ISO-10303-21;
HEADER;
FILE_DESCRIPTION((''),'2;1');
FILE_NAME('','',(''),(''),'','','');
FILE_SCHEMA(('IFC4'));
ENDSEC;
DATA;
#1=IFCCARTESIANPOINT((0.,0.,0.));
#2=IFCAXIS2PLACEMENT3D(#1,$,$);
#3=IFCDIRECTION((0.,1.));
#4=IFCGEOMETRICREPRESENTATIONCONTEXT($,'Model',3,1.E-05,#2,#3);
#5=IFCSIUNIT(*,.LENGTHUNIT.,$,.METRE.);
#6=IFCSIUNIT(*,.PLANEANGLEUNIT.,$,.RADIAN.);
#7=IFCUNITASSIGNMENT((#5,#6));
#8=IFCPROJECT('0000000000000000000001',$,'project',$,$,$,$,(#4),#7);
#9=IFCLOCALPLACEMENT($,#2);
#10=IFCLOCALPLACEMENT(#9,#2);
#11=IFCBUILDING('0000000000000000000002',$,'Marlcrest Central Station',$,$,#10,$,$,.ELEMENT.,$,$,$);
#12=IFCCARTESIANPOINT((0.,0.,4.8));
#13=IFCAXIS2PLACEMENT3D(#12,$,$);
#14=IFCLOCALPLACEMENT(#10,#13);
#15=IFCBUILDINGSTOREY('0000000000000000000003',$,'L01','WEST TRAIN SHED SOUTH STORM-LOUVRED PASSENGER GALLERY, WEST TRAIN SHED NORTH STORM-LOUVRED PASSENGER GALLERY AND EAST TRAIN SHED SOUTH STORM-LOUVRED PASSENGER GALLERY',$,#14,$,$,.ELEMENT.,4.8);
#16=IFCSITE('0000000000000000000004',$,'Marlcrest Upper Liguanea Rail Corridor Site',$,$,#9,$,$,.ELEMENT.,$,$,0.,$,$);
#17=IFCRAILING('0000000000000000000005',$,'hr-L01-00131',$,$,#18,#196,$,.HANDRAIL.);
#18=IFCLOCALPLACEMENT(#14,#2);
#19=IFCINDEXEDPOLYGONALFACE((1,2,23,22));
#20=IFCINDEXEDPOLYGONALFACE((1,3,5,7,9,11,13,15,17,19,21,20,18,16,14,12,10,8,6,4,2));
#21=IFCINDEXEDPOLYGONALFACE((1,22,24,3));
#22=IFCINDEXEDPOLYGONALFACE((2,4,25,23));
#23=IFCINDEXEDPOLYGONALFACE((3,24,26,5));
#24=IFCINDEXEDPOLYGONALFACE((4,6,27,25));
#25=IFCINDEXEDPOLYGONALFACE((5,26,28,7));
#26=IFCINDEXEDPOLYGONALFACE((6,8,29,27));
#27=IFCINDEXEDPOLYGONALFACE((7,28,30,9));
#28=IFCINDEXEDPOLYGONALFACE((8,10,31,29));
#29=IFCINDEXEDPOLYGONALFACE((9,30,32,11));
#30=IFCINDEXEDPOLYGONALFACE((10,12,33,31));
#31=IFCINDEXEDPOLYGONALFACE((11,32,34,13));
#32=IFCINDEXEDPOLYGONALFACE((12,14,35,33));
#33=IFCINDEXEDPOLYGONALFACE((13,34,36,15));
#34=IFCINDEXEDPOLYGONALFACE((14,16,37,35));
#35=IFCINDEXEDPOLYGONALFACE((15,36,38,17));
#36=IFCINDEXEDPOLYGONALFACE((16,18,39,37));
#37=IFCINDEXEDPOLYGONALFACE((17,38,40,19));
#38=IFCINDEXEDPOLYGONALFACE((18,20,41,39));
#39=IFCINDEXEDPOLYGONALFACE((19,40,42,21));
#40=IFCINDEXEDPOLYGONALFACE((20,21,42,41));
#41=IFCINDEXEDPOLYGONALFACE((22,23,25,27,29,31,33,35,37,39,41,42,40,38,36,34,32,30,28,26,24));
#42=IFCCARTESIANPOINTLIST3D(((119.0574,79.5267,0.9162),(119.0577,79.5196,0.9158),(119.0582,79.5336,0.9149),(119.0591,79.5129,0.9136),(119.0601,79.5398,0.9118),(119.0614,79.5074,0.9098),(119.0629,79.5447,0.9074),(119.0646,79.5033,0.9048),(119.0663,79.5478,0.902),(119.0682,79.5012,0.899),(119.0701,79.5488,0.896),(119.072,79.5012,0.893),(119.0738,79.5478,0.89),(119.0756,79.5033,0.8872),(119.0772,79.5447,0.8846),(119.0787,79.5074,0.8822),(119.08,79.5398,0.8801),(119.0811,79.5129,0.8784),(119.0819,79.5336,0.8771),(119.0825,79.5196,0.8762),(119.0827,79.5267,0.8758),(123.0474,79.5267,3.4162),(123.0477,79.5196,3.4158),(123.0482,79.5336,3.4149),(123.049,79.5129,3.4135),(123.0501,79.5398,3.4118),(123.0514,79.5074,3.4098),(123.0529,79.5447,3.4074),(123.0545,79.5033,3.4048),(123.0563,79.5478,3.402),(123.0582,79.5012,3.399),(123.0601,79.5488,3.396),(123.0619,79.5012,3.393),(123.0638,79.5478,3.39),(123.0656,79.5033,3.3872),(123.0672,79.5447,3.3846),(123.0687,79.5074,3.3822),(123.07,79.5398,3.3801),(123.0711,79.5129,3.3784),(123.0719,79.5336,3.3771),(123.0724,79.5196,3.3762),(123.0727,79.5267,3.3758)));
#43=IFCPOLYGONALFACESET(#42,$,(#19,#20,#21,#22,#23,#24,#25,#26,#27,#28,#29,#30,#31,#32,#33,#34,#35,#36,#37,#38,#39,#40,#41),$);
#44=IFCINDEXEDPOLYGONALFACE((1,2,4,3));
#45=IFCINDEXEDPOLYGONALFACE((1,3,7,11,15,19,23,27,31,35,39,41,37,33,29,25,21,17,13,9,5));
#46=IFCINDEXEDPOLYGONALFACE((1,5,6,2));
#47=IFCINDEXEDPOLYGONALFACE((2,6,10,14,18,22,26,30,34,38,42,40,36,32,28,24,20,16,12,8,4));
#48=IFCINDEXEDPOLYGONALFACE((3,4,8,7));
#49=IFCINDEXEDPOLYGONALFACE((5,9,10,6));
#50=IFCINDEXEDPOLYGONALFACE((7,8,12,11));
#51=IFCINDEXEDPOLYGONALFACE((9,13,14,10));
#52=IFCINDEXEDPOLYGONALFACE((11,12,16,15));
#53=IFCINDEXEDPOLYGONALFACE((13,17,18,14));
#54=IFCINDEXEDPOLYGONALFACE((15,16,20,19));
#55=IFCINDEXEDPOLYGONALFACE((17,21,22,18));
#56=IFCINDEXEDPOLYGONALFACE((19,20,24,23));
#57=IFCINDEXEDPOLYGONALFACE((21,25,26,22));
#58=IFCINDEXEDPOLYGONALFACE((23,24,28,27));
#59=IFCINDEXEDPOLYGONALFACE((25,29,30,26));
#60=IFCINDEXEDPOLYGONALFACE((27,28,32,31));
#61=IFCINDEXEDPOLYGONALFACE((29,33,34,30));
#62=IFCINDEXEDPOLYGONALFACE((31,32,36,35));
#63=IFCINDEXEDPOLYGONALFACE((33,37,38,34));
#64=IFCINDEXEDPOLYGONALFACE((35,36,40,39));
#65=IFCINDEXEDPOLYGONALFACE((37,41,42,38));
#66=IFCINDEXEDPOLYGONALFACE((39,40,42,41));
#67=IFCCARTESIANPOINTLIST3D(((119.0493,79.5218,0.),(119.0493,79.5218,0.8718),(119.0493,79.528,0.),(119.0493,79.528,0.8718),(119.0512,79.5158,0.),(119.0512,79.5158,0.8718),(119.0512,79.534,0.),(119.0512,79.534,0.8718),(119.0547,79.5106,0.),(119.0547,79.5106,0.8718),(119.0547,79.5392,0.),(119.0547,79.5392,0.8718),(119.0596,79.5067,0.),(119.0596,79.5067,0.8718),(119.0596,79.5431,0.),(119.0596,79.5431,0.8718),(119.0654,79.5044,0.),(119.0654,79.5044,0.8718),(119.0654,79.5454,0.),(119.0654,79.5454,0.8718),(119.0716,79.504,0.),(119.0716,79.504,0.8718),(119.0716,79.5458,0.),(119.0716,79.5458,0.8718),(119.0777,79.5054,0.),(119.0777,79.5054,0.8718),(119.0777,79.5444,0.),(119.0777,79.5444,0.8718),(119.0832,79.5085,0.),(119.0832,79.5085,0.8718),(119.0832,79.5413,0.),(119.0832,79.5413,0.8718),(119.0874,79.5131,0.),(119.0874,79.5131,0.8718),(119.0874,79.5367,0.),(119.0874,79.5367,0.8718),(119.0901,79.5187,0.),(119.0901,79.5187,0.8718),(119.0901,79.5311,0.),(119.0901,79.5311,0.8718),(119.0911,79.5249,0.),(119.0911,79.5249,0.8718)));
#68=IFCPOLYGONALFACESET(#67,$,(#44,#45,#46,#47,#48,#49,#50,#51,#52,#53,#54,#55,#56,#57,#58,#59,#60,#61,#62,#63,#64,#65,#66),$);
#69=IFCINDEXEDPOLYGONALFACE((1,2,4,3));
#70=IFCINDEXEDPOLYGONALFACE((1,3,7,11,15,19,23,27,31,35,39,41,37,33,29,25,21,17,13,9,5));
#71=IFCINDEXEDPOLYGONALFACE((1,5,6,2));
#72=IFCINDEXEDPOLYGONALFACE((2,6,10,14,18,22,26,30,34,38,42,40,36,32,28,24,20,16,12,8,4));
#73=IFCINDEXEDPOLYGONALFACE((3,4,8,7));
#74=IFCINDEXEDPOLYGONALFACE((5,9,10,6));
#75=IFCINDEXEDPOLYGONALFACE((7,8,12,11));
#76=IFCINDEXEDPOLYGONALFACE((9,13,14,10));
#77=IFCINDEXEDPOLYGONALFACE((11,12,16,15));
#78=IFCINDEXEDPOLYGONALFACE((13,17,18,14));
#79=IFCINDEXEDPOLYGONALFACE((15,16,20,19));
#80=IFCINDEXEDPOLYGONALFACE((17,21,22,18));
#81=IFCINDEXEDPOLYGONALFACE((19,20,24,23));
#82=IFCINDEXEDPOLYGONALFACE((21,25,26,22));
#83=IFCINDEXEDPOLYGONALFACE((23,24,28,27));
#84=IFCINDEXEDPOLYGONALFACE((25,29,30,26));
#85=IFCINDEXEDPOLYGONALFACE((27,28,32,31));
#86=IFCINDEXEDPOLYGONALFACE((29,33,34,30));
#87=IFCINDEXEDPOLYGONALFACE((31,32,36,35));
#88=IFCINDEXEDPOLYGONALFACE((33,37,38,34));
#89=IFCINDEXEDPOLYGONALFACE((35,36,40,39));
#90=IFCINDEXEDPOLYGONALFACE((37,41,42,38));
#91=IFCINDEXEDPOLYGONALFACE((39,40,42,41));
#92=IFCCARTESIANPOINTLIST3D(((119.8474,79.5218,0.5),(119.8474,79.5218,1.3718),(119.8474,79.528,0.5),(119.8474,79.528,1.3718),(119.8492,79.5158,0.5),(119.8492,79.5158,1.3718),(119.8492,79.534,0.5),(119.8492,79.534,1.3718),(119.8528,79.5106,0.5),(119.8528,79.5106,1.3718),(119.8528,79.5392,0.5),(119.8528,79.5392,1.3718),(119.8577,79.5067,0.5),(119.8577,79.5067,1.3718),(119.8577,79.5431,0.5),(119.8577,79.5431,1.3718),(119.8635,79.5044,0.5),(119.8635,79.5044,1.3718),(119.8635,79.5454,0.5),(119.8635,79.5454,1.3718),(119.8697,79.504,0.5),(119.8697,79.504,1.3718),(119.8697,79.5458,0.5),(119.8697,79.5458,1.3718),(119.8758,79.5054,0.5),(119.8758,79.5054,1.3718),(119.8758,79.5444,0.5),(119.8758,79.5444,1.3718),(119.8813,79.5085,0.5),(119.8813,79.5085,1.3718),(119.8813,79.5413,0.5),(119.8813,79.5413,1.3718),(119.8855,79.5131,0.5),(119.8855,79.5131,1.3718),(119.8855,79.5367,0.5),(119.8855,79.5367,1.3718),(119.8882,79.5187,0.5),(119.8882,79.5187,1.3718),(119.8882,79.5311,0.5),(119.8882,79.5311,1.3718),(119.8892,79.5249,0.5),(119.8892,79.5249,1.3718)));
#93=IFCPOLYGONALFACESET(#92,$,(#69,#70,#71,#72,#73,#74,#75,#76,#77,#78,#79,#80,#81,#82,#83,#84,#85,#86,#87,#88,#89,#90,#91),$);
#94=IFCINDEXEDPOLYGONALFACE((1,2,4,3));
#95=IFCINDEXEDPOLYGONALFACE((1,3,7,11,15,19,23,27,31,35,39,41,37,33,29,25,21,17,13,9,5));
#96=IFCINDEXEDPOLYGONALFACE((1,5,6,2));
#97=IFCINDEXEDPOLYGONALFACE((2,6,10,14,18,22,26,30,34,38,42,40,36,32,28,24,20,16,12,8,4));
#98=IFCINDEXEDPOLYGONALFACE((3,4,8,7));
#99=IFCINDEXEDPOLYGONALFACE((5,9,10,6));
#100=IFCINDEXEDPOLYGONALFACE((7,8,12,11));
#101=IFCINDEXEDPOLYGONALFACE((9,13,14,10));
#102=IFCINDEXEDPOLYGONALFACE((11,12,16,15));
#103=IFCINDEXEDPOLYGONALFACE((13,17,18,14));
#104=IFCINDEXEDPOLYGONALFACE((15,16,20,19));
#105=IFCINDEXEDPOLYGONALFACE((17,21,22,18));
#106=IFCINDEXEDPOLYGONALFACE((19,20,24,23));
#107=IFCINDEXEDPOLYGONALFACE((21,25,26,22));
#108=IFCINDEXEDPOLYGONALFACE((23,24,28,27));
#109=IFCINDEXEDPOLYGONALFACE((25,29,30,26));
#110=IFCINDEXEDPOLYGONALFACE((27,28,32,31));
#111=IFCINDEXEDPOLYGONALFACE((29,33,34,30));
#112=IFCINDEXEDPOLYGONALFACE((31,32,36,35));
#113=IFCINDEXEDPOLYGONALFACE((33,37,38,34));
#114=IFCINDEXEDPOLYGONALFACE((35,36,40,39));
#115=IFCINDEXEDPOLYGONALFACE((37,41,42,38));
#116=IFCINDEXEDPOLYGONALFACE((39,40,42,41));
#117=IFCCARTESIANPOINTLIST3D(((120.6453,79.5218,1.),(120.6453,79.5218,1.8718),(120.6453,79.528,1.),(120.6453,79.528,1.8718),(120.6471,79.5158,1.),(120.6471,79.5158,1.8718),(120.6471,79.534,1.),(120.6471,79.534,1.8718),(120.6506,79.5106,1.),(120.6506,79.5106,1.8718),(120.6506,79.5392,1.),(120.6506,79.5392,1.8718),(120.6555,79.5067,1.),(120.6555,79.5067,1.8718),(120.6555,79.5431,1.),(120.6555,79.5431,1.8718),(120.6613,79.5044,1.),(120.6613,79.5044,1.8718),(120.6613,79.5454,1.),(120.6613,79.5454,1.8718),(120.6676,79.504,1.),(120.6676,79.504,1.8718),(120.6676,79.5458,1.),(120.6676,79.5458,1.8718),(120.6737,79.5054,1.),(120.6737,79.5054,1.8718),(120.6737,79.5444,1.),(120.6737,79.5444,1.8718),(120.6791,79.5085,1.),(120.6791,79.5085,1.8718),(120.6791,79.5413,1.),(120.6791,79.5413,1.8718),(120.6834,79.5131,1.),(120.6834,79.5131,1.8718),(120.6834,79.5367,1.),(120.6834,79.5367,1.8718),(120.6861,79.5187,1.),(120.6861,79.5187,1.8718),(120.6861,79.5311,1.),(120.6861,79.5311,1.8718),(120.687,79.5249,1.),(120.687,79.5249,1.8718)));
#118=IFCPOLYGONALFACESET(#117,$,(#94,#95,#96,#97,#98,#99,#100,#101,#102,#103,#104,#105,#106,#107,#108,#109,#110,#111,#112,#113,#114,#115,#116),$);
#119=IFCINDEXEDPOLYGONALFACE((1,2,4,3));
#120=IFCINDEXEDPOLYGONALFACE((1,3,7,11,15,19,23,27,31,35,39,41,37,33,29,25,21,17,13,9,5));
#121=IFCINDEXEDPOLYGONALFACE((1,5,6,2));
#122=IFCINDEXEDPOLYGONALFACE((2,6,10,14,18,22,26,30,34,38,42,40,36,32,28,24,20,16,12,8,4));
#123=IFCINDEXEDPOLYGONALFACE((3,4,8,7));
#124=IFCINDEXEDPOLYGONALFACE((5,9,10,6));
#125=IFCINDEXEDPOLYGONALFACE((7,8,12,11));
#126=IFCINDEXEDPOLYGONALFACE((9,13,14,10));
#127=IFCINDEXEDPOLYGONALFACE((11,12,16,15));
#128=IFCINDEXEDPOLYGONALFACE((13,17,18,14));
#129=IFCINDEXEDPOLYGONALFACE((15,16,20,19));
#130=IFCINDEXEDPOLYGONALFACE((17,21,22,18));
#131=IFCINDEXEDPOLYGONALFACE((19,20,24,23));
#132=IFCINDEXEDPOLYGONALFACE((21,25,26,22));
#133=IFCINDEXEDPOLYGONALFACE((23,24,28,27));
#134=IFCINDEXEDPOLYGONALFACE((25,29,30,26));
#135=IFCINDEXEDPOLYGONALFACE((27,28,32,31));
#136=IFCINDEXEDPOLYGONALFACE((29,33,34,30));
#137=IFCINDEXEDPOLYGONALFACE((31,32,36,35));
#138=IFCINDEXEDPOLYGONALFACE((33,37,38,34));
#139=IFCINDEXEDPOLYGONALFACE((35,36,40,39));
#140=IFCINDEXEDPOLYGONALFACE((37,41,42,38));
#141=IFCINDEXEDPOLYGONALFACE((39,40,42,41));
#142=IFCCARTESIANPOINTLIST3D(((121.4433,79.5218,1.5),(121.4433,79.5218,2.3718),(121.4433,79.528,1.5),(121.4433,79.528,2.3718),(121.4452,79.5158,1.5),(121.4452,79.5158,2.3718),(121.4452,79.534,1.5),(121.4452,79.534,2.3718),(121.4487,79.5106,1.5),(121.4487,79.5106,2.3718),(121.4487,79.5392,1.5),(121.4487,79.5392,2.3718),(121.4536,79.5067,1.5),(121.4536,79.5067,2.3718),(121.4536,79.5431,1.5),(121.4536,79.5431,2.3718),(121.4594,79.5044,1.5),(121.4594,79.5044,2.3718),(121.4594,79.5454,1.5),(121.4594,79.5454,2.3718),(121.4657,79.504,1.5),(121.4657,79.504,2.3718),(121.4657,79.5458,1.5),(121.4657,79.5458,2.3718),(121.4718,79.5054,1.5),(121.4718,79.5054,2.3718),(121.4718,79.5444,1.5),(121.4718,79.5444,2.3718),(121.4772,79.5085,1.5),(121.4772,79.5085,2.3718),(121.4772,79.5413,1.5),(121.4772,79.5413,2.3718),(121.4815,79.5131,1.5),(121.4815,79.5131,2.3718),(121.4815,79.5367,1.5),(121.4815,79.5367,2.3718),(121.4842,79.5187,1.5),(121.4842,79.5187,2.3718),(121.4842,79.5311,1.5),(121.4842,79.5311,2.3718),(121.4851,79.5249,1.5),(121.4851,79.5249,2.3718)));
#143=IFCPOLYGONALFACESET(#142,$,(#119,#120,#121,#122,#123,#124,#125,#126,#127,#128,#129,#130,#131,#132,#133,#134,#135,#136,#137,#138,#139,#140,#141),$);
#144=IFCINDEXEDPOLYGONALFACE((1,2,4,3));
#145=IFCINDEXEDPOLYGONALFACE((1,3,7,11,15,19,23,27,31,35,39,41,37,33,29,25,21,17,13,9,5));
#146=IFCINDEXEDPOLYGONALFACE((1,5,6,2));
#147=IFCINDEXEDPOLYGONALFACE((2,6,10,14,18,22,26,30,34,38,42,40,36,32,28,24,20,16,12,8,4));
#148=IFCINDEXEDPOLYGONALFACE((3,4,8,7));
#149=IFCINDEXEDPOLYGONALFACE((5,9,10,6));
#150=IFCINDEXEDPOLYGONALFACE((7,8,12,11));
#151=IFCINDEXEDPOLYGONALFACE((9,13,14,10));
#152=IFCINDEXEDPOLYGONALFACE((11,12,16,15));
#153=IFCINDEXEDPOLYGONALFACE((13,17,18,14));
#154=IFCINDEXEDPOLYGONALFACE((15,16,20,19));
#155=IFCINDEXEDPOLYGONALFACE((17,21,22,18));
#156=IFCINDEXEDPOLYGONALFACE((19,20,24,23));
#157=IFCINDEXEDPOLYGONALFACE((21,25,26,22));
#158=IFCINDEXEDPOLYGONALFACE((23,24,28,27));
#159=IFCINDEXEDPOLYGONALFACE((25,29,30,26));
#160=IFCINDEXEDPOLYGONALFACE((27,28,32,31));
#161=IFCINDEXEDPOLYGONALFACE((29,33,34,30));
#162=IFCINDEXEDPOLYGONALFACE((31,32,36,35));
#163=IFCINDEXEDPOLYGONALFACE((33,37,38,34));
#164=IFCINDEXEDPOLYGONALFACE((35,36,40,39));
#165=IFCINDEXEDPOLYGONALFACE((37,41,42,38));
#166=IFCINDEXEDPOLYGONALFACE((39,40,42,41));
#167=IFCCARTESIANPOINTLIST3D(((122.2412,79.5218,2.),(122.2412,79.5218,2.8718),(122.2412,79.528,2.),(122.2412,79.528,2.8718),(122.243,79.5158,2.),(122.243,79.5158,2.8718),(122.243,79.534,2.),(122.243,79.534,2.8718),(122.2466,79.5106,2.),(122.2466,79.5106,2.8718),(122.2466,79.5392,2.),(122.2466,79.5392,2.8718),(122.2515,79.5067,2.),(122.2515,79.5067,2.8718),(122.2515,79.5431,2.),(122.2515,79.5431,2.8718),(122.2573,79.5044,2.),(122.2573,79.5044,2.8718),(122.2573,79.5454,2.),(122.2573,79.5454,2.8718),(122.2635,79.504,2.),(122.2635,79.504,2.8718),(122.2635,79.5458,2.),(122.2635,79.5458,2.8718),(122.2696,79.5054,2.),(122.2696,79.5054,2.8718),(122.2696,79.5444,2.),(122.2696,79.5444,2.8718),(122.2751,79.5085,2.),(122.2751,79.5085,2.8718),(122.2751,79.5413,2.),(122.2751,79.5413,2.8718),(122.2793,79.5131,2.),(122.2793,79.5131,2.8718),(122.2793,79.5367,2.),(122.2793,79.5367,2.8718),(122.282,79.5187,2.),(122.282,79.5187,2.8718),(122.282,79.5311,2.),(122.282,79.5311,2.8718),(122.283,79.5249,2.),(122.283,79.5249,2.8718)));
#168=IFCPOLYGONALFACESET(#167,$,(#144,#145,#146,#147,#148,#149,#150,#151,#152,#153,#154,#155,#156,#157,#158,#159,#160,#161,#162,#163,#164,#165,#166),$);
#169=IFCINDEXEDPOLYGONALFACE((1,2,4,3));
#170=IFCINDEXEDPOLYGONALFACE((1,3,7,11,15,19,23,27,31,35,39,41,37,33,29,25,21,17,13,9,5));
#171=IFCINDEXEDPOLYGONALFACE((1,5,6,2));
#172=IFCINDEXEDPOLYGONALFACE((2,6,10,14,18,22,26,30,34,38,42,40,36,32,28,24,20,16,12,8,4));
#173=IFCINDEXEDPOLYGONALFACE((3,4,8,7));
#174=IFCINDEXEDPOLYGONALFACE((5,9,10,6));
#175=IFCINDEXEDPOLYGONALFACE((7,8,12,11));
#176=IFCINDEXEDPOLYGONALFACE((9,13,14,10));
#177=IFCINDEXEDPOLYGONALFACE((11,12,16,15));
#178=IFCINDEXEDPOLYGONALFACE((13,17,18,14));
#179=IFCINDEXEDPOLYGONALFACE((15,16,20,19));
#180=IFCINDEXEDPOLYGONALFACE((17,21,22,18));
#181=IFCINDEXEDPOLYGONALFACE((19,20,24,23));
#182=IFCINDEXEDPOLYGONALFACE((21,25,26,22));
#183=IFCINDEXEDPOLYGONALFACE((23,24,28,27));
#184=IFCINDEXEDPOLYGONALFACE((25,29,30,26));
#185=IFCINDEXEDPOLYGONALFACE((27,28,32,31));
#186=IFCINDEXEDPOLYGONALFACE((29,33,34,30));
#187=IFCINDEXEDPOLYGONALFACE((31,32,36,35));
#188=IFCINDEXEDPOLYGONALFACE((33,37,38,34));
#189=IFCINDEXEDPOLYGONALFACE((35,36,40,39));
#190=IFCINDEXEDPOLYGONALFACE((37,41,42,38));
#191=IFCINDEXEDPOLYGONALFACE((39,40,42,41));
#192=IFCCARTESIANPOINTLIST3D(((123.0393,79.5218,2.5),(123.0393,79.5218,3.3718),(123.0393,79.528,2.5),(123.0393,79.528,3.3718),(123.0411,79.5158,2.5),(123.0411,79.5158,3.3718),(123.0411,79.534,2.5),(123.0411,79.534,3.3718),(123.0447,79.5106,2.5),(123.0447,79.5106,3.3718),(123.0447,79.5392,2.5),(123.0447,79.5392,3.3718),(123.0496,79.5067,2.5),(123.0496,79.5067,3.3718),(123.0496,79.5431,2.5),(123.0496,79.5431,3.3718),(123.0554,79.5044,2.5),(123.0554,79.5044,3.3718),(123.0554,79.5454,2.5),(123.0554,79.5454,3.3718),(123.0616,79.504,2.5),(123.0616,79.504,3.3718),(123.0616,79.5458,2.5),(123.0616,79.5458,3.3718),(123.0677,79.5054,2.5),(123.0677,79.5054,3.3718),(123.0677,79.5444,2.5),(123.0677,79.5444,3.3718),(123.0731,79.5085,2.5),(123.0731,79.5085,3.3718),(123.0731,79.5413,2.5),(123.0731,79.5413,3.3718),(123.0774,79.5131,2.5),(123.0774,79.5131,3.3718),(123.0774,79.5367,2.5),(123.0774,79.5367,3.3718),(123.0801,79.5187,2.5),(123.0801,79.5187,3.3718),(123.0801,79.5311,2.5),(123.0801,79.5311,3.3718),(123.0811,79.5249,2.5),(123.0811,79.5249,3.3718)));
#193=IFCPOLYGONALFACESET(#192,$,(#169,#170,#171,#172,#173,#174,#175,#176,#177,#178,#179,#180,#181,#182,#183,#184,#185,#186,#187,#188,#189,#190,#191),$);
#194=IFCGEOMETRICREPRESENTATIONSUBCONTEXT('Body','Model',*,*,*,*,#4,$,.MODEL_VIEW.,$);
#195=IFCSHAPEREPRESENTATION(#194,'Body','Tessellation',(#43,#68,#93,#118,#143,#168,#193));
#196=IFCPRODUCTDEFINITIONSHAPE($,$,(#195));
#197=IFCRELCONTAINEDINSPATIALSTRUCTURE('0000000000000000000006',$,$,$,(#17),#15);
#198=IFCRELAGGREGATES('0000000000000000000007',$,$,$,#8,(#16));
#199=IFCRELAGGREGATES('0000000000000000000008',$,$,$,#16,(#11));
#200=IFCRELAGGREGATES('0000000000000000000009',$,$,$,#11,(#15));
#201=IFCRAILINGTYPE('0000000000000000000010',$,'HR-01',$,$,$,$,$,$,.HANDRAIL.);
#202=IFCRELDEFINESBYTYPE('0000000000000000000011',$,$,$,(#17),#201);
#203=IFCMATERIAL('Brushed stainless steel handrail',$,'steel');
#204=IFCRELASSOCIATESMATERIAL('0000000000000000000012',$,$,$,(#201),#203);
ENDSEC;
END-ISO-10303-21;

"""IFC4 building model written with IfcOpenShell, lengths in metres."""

from ifc_helpers import new_model, si_unit, direction, frame, origin, origin_2d, place, context, subcontext, project, spatial, circle, extrude, material, type_object, element, save


model = new_model("IFC4")

# Units and contexts
model_context = context("Model", 3, precision=1e-05, world=origin(), true_north=direction((0.0, 1.0)))
body_context = subcontext(model_context, "Body", "Model", "MODEL_VIEW")
ifc_project = project(units=[si_unit("LENGTHUNIT", "METRE"), si_unit("PLANEANGLEUNIT", "RADIAN")], contexts=[model_context])

# Site, building, storey
site_placement = place(None, origin())
site = spatial("IfcSite", under=ifc_project, at=site_placement, Name="Marlcrest Upper Liguanea Rail Corridor Site", CompositionType="ELEMENT", RefElevation=0.0)
building_placement = place(site_placement, origin())
building = spatial("IfcBuilding", under=site, at=building_placement, Name="Marlcrest Central Station", CompositionType="ELEMENT")
storey_placement = place(building_placement, frame((0.0, 0.0, 4.8)))
storey = spatial("IfcBuildingStorey", under=building, at=storey_placement, Name="L01", Description="WEST TRAIN SHED SOUTH STORM-LOUVRED PASSENGER GALLERY, WEST TRAIN SHED NORTH STORM-LOUVRED PASSENGER GALLERY AND EAST TRAIN SHED SOUTH STORM-LOUVRED PASSENGER GALLERY", CompositionType="ELEMENT", Elevation=4.8)

# Railing
ifc_material_1 = material(Name="Brushed stainless steel handrail", Category="steel")
railing_type_1 = type_object("IfcRailingType", Name="HR-01", PredefinedType="HANDRAIL", material=ifc_material_1)
railing_1_placement = place(storey_placement, frame((119.0701, 79.5249, 0.0)))
element("IfcRailing", 1, at=railing_1_placement, inside=storey, type_object=railing_type_1, Name="hr-L01-00131", PredefinedType="HANDRAIL", context=body_context, shape_type="SweptSolid", body=[
    extrude(circle(Radius=0.0239, at=origin_2d()), frame((0.0, 0.0, 0.896), z_axis=(0.847401, 0.0, 0.530954), x_axis=(0.0, 1.0, 0.0)), (0.0, 0.0, 1.0), 4.7085),
    extrude(circle(Radius=0.021, at=origin_2d()), origin(), (0.0, 0.0, 1.0), 0.8718),
    extrude(circle(Radius=0.021, at=origin_2d()), frame((0.7981, 0.0, 0.5)), (0.0, 0.0, 1.0), 0.8718),
    extrude(circle(Radius=0.021, at=origin_2d()), frame((1.5959, 0.0, 1.0)), (0.0, 0.0, 1.0), 0.8718),
    extrude(circle(Radius=0.021, at=origin_2d()), frame((2.394, 0.0, 1.5)), (0.0, 0.0, 1.0), 0.8718),
    extrude(circle(Radius=0.021, at=origin_2d()), frame((3.1919, 0.0, 2.0)), (0.0, 0.0, 1.0), 0.8718),
    extrude(circle(Radius=0.021, at=origin_2d()), frame((3.99, 0.0, 2.5)), (0.0, 0.0, 1.0), 0.8718),
])

save(model, "model.ifc")
